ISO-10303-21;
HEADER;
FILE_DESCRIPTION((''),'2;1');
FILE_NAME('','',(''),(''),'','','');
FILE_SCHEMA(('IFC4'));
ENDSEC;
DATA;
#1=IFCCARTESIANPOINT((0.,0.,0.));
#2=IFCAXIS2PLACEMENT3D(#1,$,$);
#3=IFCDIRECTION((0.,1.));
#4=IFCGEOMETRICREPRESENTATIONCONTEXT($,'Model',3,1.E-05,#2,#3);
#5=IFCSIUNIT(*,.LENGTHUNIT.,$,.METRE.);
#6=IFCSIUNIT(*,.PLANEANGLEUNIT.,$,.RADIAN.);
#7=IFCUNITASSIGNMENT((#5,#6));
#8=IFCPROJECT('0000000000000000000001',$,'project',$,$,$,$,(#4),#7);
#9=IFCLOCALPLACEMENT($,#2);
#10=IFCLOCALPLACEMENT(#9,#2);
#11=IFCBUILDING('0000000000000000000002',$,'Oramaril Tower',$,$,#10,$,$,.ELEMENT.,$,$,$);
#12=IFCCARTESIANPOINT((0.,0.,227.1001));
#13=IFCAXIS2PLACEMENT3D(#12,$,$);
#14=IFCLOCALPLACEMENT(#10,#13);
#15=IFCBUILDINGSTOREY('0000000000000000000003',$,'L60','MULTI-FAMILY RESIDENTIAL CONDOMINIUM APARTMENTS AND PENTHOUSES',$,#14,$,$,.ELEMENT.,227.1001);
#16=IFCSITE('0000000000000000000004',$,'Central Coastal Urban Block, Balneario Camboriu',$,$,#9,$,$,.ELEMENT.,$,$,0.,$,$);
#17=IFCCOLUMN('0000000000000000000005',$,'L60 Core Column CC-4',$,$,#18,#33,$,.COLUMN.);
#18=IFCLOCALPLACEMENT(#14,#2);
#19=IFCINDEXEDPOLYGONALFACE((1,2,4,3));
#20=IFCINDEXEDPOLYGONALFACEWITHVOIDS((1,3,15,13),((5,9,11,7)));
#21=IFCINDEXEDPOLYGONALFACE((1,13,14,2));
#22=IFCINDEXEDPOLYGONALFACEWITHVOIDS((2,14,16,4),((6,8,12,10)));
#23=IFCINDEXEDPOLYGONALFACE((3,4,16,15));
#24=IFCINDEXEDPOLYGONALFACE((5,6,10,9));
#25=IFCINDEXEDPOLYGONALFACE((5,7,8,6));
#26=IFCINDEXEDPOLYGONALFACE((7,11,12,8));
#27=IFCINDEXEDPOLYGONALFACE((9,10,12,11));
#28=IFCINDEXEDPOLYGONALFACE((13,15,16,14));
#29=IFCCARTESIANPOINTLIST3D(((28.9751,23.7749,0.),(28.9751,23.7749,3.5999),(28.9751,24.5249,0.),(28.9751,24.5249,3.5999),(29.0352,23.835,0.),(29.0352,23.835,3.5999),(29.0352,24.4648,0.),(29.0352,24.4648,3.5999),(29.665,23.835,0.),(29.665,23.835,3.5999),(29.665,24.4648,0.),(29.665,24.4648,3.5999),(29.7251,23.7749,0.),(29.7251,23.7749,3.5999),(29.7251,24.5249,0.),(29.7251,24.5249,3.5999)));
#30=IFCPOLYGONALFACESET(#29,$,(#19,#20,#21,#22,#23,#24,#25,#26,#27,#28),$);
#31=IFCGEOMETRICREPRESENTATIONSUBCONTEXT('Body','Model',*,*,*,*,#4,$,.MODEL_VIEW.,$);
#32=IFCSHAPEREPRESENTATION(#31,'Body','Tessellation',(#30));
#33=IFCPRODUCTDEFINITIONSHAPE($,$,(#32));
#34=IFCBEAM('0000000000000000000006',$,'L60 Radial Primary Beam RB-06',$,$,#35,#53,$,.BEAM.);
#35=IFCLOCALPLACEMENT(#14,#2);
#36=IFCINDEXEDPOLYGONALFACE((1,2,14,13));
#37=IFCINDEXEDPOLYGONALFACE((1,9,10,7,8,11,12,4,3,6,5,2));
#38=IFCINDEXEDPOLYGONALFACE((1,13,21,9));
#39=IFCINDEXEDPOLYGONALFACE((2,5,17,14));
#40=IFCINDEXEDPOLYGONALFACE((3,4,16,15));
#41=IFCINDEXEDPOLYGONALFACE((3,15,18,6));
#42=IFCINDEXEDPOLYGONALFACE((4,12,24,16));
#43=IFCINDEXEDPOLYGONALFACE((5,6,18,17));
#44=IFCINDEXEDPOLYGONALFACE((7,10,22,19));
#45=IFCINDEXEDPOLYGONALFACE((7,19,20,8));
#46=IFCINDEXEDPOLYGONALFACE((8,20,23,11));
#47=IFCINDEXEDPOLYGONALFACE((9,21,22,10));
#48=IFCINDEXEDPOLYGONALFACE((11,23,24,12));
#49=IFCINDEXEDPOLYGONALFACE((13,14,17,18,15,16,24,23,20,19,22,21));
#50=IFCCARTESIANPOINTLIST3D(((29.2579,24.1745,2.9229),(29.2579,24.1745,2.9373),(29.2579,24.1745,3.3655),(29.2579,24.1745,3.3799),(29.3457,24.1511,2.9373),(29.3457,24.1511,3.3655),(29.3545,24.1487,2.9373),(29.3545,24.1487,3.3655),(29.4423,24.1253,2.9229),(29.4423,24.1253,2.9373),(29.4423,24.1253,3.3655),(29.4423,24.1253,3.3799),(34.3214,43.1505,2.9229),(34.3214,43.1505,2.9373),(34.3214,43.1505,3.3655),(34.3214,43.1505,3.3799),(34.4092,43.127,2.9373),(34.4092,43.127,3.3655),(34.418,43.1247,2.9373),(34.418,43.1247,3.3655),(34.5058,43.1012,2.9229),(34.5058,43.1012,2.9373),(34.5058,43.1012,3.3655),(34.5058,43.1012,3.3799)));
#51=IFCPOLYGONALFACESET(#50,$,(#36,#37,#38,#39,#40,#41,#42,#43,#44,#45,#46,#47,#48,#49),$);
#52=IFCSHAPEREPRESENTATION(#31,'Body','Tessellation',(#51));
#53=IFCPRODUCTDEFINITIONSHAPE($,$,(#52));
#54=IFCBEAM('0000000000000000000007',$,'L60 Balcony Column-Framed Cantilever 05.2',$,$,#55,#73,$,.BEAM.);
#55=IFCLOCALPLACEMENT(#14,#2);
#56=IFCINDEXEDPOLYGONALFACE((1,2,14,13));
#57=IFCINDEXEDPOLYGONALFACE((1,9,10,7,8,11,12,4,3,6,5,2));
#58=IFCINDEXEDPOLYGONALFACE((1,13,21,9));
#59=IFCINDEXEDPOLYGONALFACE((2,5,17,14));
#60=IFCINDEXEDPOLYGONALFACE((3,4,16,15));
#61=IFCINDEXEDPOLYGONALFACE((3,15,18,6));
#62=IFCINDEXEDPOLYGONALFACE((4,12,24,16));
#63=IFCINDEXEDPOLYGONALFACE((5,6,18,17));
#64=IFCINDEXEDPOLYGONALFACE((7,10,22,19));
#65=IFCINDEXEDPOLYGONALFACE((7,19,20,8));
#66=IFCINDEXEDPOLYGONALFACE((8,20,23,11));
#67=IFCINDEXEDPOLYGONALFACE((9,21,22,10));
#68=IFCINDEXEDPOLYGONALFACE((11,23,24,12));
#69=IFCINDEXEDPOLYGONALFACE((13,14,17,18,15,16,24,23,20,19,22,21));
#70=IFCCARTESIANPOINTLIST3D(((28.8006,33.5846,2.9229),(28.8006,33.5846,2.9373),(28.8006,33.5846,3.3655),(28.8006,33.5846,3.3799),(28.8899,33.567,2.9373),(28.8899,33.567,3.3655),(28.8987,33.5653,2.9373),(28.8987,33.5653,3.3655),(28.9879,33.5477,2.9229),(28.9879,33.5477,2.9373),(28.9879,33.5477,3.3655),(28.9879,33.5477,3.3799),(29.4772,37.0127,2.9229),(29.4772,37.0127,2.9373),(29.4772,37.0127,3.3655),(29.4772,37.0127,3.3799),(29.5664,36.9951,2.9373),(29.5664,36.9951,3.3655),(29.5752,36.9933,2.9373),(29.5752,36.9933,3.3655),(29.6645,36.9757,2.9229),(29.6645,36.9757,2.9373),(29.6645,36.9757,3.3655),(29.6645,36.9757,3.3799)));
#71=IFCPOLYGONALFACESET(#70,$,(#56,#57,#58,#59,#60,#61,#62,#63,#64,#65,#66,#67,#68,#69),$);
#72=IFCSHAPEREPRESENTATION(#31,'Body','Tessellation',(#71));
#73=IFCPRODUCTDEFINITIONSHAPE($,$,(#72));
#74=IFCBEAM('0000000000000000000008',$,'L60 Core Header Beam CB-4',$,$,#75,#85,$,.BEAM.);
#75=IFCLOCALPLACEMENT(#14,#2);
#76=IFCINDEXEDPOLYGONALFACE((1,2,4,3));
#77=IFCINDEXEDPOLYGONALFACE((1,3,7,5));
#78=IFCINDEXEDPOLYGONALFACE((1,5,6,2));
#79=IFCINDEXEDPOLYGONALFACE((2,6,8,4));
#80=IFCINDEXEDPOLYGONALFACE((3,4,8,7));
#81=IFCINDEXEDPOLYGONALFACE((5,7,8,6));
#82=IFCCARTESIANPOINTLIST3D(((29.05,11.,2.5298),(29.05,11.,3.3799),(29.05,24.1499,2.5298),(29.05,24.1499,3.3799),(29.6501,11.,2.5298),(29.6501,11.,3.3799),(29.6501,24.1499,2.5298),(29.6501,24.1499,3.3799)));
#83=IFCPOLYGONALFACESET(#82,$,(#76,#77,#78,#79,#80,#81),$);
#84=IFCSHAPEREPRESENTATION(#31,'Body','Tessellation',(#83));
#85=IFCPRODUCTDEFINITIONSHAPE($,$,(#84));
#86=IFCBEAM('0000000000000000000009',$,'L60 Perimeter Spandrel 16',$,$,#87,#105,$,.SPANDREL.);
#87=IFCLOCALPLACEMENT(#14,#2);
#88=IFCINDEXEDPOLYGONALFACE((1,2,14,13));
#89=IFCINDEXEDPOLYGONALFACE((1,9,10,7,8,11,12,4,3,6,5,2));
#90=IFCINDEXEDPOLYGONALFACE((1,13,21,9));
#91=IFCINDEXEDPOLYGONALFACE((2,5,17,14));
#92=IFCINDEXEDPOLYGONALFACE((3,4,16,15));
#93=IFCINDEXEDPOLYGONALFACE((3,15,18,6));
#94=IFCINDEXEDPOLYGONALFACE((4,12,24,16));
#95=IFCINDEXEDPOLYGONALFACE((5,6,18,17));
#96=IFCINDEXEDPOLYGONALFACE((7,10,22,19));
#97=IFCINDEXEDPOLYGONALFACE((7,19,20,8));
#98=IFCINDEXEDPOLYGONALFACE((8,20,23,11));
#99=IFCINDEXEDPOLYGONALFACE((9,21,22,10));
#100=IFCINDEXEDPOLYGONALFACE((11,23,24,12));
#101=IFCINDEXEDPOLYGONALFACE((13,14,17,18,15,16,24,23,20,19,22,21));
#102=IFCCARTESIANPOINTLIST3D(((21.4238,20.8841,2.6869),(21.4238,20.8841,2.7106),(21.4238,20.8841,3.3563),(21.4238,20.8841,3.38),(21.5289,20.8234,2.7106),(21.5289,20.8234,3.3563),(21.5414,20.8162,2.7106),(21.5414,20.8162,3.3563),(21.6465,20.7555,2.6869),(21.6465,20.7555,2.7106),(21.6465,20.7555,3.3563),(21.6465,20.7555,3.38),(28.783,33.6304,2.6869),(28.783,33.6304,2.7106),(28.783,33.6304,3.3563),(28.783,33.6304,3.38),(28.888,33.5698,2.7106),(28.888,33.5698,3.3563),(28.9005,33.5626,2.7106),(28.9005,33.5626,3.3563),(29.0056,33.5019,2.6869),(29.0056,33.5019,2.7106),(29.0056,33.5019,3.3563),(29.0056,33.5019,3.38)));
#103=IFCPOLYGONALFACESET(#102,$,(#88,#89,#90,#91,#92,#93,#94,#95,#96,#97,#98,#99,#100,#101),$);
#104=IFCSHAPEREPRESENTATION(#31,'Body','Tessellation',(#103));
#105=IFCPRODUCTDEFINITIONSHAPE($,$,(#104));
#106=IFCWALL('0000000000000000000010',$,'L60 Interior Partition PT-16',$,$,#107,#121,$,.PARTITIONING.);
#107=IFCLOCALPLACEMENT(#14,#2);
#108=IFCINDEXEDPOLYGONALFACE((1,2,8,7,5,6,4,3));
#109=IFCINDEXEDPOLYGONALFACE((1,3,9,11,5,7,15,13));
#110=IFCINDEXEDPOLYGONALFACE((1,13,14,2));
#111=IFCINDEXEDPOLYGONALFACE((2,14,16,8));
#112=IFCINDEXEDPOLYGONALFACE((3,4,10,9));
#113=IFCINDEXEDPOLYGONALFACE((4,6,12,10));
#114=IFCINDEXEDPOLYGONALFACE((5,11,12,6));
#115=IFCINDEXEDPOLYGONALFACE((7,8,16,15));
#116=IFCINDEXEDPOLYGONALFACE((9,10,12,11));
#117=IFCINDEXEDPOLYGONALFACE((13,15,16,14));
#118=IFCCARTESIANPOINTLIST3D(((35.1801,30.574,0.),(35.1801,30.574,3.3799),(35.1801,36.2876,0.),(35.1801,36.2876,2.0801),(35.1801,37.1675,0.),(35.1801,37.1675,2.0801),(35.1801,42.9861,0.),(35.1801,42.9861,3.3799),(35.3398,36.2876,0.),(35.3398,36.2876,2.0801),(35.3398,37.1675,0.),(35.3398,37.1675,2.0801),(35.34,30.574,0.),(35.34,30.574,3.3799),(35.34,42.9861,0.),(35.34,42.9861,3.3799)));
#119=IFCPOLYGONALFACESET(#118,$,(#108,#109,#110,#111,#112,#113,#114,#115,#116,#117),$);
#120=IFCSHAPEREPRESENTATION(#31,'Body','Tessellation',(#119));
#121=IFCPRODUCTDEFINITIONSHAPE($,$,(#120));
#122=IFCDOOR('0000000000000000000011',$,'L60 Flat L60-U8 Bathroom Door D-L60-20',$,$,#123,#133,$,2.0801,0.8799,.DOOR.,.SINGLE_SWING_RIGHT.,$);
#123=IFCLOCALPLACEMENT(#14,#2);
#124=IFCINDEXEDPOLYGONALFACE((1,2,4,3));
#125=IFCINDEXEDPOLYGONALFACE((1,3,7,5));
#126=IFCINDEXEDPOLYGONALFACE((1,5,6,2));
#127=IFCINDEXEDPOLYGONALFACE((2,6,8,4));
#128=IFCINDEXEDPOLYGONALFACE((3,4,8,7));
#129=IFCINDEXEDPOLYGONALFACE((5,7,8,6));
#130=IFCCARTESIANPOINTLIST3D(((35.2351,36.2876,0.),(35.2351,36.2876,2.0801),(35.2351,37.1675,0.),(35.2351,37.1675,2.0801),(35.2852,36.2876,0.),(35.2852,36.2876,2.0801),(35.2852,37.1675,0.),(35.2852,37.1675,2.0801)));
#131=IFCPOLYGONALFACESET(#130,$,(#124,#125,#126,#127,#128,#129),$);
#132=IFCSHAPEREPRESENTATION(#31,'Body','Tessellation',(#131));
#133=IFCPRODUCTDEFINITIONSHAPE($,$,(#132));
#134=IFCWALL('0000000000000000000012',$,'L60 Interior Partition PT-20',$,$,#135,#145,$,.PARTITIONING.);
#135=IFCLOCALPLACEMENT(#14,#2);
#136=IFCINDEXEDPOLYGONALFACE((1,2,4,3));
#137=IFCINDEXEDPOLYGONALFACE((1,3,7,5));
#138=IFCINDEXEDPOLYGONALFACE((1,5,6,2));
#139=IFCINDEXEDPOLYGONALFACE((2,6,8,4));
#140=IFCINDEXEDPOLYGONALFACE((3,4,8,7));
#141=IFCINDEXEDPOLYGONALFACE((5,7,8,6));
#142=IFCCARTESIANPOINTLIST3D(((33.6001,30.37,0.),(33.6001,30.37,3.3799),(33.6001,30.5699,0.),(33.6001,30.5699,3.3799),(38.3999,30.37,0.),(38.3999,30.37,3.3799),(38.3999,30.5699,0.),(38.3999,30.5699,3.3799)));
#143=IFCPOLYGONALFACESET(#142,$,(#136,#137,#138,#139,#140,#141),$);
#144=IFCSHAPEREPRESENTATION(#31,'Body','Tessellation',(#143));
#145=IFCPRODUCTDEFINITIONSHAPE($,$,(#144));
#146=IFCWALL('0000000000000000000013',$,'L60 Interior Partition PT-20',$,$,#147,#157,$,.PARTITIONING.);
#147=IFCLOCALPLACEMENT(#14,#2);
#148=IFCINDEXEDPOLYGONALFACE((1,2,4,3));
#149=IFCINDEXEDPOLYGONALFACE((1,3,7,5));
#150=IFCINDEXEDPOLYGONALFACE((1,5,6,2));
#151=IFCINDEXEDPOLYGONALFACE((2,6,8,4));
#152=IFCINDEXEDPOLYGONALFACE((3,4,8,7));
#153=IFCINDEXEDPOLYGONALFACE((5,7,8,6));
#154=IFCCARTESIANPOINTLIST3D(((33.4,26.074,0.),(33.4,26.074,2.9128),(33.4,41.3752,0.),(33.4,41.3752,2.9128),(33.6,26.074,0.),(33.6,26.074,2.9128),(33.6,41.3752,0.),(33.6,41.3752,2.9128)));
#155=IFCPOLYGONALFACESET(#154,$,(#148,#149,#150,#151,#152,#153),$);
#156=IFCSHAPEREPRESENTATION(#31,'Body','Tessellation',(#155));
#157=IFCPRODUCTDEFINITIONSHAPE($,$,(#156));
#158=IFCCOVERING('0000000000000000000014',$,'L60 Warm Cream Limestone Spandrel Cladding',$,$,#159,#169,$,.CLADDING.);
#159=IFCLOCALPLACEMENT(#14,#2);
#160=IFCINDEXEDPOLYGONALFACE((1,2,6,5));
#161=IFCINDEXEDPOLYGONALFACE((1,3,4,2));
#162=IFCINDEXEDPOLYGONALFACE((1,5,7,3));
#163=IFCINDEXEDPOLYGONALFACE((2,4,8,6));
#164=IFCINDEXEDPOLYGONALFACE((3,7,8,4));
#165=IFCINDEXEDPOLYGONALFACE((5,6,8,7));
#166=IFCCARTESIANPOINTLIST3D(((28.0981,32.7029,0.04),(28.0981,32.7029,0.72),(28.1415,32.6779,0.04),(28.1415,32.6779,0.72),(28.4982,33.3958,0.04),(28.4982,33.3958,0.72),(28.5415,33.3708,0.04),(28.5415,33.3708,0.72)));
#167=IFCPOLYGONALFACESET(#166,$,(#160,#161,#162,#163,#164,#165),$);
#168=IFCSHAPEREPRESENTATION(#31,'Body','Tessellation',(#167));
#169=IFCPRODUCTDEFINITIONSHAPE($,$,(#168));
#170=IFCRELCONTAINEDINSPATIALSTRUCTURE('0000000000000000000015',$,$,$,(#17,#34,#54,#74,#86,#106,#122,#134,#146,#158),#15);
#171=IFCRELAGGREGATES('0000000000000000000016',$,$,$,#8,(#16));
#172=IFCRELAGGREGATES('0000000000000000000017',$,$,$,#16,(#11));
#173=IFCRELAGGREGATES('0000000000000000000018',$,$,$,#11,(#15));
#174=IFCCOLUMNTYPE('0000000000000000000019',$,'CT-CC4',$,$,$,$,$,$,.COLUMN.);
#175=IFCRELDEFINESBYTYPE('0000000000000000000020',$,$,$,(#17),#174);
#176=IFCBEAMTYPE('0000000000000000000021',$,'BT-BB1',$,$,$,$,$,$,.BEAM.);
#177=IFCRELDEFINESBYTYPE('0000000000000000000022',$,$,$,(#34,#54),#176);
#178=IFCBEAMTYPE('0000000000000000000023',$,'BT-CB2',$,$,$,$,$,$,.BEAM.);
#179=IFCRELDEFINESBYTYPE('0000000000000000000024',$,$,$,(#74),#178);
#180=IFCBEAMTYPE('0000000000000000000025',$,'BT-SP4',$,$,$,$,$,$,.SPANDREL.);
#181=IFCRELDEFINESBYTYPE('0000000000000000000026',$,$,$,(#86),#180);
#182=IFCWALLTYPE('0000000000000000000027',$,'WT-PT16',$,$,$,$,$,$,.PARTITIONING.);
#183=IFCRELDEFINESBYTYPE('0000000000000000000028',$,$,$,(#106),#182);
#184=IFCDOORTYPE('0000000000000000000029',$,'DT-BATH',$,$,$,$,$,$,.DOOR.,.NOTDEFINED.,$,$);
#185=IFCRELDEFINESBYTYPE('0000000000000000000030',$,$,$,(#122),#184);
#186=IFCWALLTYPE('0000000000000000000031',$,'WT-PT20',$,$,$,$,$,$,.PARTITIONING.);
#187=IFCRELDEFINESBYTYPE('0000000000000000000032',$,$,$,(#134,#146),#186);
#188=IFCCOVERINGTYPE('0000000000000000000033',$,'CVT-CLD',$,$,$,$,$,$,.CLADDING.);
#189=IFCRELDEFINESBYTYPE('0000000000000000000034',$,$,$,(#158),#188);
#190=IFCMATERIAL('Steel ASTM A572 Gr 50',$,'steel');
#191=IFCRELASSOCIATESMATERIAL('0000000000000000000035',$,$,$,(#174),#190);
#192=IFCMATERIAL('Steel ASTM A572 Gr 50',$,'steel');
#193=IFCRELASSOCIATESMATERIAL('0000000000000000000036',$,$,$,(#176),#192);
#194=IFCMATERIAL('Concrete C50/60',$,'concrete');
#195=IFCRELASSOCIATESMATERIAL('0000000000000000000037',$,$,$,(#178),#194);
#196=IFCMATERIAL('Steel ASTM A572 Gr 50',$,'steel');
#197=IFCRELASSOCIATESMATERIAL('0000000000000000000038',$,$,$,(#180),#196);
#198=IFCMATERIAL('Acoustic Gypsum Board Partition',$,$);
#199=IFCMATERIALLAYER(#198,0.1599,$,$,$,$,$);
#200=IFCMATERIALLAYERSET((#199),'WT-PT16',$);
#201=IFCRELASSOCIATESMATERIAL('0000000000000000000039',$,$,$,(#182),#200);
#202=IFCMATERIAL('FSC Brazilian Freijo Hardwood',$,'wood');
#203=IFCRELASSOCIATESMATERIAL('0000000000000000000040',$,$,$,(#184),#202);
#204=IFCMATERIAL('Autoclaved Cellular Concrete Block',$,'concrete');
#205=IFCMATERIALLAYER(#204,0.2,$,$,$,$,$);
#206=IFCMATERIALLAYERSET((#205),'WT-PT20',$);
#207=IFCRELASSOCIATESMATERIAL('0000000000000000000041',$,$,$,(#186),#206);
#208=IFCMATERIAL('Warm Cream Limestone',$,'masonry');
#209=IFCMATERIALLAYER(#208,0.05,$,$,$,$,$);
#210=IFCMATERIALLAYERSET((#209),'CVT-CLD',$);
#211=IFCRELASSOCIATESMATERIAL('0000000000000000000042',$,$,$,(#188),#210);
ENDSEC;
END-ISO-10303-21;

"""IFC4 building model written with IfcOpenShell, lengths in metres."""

from ifc_helpers import new_model, si_unit, direction, frame, frame_2d, origin, origin_2d, place, context, subcontext, project, spatial, rectangle, hollow_rectangle, i_section, extrude, material, layer, layer_set, material_profile, profile_set, type_object, element, fill, save


model = new_model("IFC4")

# Units and contexts
model_context = context("Model", 3, precision=1e-05, world=origin(), true_north=direction((0.0, 1.0)))
body_context = subcontext(model_context, "Body", "Model", "MODEL_VIEW")
ifc_project = project(units=[si_unit("LENGTHUNIT", "METRE"), si_unit("PLANEANGLEUNIT", "RADIAN")], contexts=[model_context])

# Site, building, storey
site_placement = place(None, origin())
site = spatial("IfcSite", under=ifc_project, at=site_placement, Name="Central Coastal Urban Block, Balneario Camboriu", CompositionType="ELEMENT", RefElevation=0.0)
building_placement = place(site_placement, origin())
building = spatial("IfcBuilding", under=site, at=building_placement, Name="Oramaril Tower", CompositionType="ELEMENT")
storey_placement = place(building_placement, frame((0.0, 0.0, 227.1001)))
storey = spatial("IfcBuildingStorey", under=building, at=storey_placement, Name="L60", Description="MULTI-FAMILY RESIDENTIAL CONDOMINIUM APARTMENTS AND PENTHOUSES", CompositionType="ELEMENT", Elevation=227.1001)

# Column
ifc_material_1 = material(Name="Steel ASTM A572 Gr 50", Category="steel")
ifc_material_profile_1 = material_profile(ifc_material_1, hollow_rectangle(XDim=0.75, YDim=0.75, WallThickness=0.0601, at=origin_2d()), Name="BOX750X750X60")
ifc_profile_set_1 = profile_set([ifc_material_profile_1], Name="Steel ASTM A572 Gr 50")
column_type = type_object("IfcColumnType", Name="CT-CC4", PredefinedType="COLUMN", material=ifc_profile_set_1)
column_placement = place(storey_placement, frame((29.3501, 24.1499, 0.0), z_axis=(0.0, 0.0, 1.0), x_axis=(1.0, 0.0, 0.0)))
element("IfcColumn", 1, at=column_placement, inside=storey, type_object=column_type, Name="L60 Core Column CC-4", PredefinedType="COLUMN", context=body_context, shape_type="SweptSolid", body=[
    extrude(hollow_rectangle(XDim=0.75, YDim=0.75, WallThickness=0.0601, at=origin_2d()), origin(), (0.0, 0.0, 1.0), 3.5999),
])

# Beams
ifc_material_2 = material(Name="Steel ASTM A572 Gr 50", Category="steel")
ifc_material_profile_2 = material_profile(ifc_material_2, i_section(OverallWidth=0.1909, OverallDepth=0.457, WebThickness=0.009, FlangeThickness=0.0144, at=origin_2d()), Name="W18X50")
ifc_profile_set_2 = profile_set([ifc_material_profile_2], Name="Steel ASTM A572 Gr 50")
beam_type_1 = type_object("IfcBeamType", Name="BT-BB1", PredefinedType="BEAM", material=ifc_profile_set_2)
beam_1_placement = place(storey_placement, frame((29.3501, 24.1499, 3.1514), z_axis=(0.257817, 0.966194, 0.0), x_axis=(-0.966194, 0.257817, 0.0)))
element("IfcBeam", 2, at=beam_1_placement, inside=storey, type_object=beam_type_1, Name="L60 Radial Primary Beam RB-06", PredefinedType="BEAM", context=body_context, shape_type="SweptSolid", body=[
    extrude(i_section(OverallWidth=0.1909, OverallDepth=0.457, WebThickness=0.009, FlangeThickness=0.0144, at=origin_2d()), origin(), (0.0, 0.0, 1.0), 19.6399),
])
beam_2_placement = place(storey_placement, frame((28.8943, 33.5662, 3.1514), z_axis=(0.193616, 0.981077, 0.0), x_axis=(-0.981077, 0.193616, 0.0)))
element("IfcBeam", 3, at=beam_2_placement, inside=storey, type_object=beam_type_1, Name="L60 Balcony Column-Framed Cantilever 05.2", PredefinedType="BEAM", context=body_context, shape_type="SweptSolid", body=[
    extrude(i_section(OverallWidth=0.1909, OverallDepth=0.457, WebThickness=0.009, FlangeThickness=0.0144, at=origin_2d()), origin(), (0.0, 0.0, 1.0), 3.4941),
])
ifc_material_3 = material(Name="Concrete C50/60", Category="concrete")
ifc_material_profile_3 = material_profile(ifc_material_3, rectangle(XDim=0.6001, YDim=0.8501, at=origin_2d()), Name="CB600X850")
ifc_profile_set_3 = profile_set([ifc_material_profile_3], Name="Concrete C50/60")
beam_type_2 = type_object("IfcBeamType", Name="BT-CB2", PredefinedType="BEAM", material=ifc_profile_set_3)
beam_3_placement = place(storey_placement, frame((29.3501, 24.1499, 2.9548), z_axis=(0.0, -1.0, 0.0), x_axis=(1.0, 0.0, 0.0)))
element("IfcBeam", 4, at=beam_3_placement, inside=storey, type_object=beam_type_2, Name="L60 Core Header Beam CB-4", PredefinedType="BEAM", context=body_context, shape_type="SweptSolid", body=[
    extrude(rectangle(XDim=0.6001, YDim=0.8501, at=origin_2d()), origin(), (0.0, 0.0, 1.0), 13.1499),
])
ifc_material_4 = material(Name="Steel ASTM A572 Gr 50", Category="steel")
ifc_material_profile_4 = material_profile(ifc_material_4, i_section(OverallWidth=0.2571, OverallDepth=0.6931, WebThickness=0.0144, FlangeThickness=0.0237, at=origin_2d()), Name="W27X114")
ifc_profile_set_4 = profile_set([ifc_material_profile_4], Name="Steel ASTM A572 Gr 50")
beam_type_3 = type_object("IfcBeamType", Name="BT-SP4", PredefinedType="SPANDREL", material=ifc_profile_set_4)
beam_4_placement = place(storey_placement, frame((28.8943, 33.5662, 3.0334), z_axis=(-0.500001, -0.866025, 0.0), x_axis=(0.866025, -0.500001, 0.0)))
element("IfcBeam", 5, at=beam_4_placement, inside=storey, type_object=beam_type_3, Name="L60 Perimeter Spandrel 16", PredefinedType="SPANDREL", context=body_context, shape_type="SweptSolid", body=[
    extrude(i_section(OverallWidth=0.2571, OverallDepth=0.6931, WebThickness=0.0144, FlangeThickness=0.0237, at=origin_2d()), origin(), (0.0, 0.0, 1.0), 14.7183),
])

# Wall, opening, door
ifc_material_5 = material(Name="Acoustic Gypsum Board Partition")
ifc_layer_1 = layer(ifc_material_5, 0.1599)
ifc_layer_set_1 = layer_set([ifc_layer_1], Name="WT-PT16")
wall_type_1 = type_object("IfcWallType", Name="WT-PT16", PredefinedType="PARTITIONING", material=ifc_layer_set_1)
wall_1_placement = place(storey_placement, frame((35.26, 30.574, 0.0), z_axis=(0.0, 0.0, 1.0), x_axis=(0.0, 1.0, 0.0)))
wall_1 = element("IfcWall", 6, at=wall_1_placement, inside=storey, type_object=wall_type_1, Name="L60 Interior Partition PT-16", PredefinedType="PARTITIONING", context=body_context, shape_type="SweptSolid", body=[
    extrude(rectangle(XDim=12.4121, YDim=0.1599, at=frame_2d((6.2061, 0.0))), origin(), (0.0, 0.0, 1.0), 3.3799),
])
opening_1_placement = place(wall_1_placement, frame((5.7136, 0.0, 0.0)))
opening_1 = element("IfcOpeningElement", 7, at=opening_1_placement, cuts=wall_1, PredefinedType="OPENING", context=body_context, shape_type="SweptSolid", body=[
    extrude(rectangle(XDim=0.8799, YDim=2.0801, at=frame_2d((0.4399, 1.04))), frame((0.0, 0.0801, 0.0), z_axis=(0.0, -1.0, 0.0), x_axis=(1.0, 0.0, 0.0)), (0.0, 0.0, 1.0), 0.1599),
])
ifc_material_6 = material(Name="FSC Brazilian Freijo Hardwood", Category="wood")
door_type_1 = type_object("IfcDoorType", Name="DT-BATH", OperationType="NOTDEFINED", PredefinedType="DOOR", material=ifc_material_6)
door_1_placement = place(opening_1_placement, origin())
door_1 = element("IfcDoor", 8, at=door_1_placement, inside=storey, type_object=door_type_1, Name="L60 Flat L60-U8 Bathroom Door D-L60-20", OperationType="SINGLE_SWING_RIGHT", OverallHeight=2.0801, OverallWidth=0.8799, PredefinedType="DOOR", context=body_context, shape_type="SweptSolid", body=[
    extrude(rectangle(XDim=0.8799, YDim=2.0801, at=frame_2d((0.4399, 1.04))), frame((0.0, 0.0249, 0.0), z_axis=(0.0, -1.0, 0.0), x_axis=(1.0, 0.0, 0.0)), (0.0, 0.0, 1.0), 0.05),
])
fill(opening_1, door_1)

# Walls
ifc_material_7 = material(Name="Autoclaved Cellular Concrete Block", Category="concrete")
ifc_layer_2 = layer(ifc_material_7, 0.2)
ifc_layer_set_2 = layer_set([ifc_layer_2], Name="WT-PT20")
wall_type_2 = type_object("IfcWallType", Name="WT-PT20", PredefinedType="PARTITIONING", material=ifc_layer_set_2)
wall_2_placement = place(storey_placement, frame((33.6001, 30.47, 0.0), z_axis=(0.0, 0.0, 1.0), x_axis=(1.0, 0.0, 0.0)))
element("IfcWall", 9, at=wall_2_placement, inside=storey, type_object=wall_type_2, Name="L60 Interior Partition PT-20", PredefinedType="PARTITIONING", context=body_context, shape_type="SweptSolid", body=[
    extrude(rectangle(XDim=4.7998, YDim=0.2, at=frame_2d((2.3999, 0.0))), origin(), (0.0, 0.0, 1.0), 3.3799),
])
wall_3_placement = place(storey_placement, frame((33.5, 26.074, 0.0), z_axis=(0.0, 0.0, 1.0), x_axis=(0.0, 1.0, 0.0)))
element("IfcWall", 10, at=wall_3_placement, inside=storey, type_object=wall_type_2, Name="L60 Interior Partition PT-20", PredefinedType="PARTITIONING", context=body_context, shape_type="SweptSolid", body=[
    extrude(rectangle(XDim=15.3013, YDim=0.2, at=frame_2d((7.6506, 0.0))), origin(), (0.0, 0.0, 1.0), 2.9128),
])

# Covering
ifc_material_8 = material(Name="Warm Cream Limestone", Category="masonry")
ifc_layer_3 = layer(ifc_material_8, 0.05)
ifc_layer_set_3 = layer_set([ifc_layer_3], Name="CVT-CLD")
covering_type = type_object("IfcCoveringType", Name="CVT-CLD", PredefinedType="CLADDING", material=ifc_layer_set_3)
covering_placement = place(storey_placement, frame((28.3198, 33.0369, 0.04), z_axis=(0.0, 0.0, 1.0), x_axis=(-0.499998, -0.866026, 0.0)))
element("IfcCovering", 11, at=covering_placement, inside=storey, type_object=covering_type, Name="L60 Warm Cream Limestone Spandrel Cladding", PredefinedType="CLADDING", context=body_context, shape_type="SweptSolid", body=[
    extrude(rectangle(XDim=0.8, YDim=0.05, at=origin_2d()), origin(), (0.0, 0.0, 1.0), 0.6799),
])

save(model, "model.ifc")
